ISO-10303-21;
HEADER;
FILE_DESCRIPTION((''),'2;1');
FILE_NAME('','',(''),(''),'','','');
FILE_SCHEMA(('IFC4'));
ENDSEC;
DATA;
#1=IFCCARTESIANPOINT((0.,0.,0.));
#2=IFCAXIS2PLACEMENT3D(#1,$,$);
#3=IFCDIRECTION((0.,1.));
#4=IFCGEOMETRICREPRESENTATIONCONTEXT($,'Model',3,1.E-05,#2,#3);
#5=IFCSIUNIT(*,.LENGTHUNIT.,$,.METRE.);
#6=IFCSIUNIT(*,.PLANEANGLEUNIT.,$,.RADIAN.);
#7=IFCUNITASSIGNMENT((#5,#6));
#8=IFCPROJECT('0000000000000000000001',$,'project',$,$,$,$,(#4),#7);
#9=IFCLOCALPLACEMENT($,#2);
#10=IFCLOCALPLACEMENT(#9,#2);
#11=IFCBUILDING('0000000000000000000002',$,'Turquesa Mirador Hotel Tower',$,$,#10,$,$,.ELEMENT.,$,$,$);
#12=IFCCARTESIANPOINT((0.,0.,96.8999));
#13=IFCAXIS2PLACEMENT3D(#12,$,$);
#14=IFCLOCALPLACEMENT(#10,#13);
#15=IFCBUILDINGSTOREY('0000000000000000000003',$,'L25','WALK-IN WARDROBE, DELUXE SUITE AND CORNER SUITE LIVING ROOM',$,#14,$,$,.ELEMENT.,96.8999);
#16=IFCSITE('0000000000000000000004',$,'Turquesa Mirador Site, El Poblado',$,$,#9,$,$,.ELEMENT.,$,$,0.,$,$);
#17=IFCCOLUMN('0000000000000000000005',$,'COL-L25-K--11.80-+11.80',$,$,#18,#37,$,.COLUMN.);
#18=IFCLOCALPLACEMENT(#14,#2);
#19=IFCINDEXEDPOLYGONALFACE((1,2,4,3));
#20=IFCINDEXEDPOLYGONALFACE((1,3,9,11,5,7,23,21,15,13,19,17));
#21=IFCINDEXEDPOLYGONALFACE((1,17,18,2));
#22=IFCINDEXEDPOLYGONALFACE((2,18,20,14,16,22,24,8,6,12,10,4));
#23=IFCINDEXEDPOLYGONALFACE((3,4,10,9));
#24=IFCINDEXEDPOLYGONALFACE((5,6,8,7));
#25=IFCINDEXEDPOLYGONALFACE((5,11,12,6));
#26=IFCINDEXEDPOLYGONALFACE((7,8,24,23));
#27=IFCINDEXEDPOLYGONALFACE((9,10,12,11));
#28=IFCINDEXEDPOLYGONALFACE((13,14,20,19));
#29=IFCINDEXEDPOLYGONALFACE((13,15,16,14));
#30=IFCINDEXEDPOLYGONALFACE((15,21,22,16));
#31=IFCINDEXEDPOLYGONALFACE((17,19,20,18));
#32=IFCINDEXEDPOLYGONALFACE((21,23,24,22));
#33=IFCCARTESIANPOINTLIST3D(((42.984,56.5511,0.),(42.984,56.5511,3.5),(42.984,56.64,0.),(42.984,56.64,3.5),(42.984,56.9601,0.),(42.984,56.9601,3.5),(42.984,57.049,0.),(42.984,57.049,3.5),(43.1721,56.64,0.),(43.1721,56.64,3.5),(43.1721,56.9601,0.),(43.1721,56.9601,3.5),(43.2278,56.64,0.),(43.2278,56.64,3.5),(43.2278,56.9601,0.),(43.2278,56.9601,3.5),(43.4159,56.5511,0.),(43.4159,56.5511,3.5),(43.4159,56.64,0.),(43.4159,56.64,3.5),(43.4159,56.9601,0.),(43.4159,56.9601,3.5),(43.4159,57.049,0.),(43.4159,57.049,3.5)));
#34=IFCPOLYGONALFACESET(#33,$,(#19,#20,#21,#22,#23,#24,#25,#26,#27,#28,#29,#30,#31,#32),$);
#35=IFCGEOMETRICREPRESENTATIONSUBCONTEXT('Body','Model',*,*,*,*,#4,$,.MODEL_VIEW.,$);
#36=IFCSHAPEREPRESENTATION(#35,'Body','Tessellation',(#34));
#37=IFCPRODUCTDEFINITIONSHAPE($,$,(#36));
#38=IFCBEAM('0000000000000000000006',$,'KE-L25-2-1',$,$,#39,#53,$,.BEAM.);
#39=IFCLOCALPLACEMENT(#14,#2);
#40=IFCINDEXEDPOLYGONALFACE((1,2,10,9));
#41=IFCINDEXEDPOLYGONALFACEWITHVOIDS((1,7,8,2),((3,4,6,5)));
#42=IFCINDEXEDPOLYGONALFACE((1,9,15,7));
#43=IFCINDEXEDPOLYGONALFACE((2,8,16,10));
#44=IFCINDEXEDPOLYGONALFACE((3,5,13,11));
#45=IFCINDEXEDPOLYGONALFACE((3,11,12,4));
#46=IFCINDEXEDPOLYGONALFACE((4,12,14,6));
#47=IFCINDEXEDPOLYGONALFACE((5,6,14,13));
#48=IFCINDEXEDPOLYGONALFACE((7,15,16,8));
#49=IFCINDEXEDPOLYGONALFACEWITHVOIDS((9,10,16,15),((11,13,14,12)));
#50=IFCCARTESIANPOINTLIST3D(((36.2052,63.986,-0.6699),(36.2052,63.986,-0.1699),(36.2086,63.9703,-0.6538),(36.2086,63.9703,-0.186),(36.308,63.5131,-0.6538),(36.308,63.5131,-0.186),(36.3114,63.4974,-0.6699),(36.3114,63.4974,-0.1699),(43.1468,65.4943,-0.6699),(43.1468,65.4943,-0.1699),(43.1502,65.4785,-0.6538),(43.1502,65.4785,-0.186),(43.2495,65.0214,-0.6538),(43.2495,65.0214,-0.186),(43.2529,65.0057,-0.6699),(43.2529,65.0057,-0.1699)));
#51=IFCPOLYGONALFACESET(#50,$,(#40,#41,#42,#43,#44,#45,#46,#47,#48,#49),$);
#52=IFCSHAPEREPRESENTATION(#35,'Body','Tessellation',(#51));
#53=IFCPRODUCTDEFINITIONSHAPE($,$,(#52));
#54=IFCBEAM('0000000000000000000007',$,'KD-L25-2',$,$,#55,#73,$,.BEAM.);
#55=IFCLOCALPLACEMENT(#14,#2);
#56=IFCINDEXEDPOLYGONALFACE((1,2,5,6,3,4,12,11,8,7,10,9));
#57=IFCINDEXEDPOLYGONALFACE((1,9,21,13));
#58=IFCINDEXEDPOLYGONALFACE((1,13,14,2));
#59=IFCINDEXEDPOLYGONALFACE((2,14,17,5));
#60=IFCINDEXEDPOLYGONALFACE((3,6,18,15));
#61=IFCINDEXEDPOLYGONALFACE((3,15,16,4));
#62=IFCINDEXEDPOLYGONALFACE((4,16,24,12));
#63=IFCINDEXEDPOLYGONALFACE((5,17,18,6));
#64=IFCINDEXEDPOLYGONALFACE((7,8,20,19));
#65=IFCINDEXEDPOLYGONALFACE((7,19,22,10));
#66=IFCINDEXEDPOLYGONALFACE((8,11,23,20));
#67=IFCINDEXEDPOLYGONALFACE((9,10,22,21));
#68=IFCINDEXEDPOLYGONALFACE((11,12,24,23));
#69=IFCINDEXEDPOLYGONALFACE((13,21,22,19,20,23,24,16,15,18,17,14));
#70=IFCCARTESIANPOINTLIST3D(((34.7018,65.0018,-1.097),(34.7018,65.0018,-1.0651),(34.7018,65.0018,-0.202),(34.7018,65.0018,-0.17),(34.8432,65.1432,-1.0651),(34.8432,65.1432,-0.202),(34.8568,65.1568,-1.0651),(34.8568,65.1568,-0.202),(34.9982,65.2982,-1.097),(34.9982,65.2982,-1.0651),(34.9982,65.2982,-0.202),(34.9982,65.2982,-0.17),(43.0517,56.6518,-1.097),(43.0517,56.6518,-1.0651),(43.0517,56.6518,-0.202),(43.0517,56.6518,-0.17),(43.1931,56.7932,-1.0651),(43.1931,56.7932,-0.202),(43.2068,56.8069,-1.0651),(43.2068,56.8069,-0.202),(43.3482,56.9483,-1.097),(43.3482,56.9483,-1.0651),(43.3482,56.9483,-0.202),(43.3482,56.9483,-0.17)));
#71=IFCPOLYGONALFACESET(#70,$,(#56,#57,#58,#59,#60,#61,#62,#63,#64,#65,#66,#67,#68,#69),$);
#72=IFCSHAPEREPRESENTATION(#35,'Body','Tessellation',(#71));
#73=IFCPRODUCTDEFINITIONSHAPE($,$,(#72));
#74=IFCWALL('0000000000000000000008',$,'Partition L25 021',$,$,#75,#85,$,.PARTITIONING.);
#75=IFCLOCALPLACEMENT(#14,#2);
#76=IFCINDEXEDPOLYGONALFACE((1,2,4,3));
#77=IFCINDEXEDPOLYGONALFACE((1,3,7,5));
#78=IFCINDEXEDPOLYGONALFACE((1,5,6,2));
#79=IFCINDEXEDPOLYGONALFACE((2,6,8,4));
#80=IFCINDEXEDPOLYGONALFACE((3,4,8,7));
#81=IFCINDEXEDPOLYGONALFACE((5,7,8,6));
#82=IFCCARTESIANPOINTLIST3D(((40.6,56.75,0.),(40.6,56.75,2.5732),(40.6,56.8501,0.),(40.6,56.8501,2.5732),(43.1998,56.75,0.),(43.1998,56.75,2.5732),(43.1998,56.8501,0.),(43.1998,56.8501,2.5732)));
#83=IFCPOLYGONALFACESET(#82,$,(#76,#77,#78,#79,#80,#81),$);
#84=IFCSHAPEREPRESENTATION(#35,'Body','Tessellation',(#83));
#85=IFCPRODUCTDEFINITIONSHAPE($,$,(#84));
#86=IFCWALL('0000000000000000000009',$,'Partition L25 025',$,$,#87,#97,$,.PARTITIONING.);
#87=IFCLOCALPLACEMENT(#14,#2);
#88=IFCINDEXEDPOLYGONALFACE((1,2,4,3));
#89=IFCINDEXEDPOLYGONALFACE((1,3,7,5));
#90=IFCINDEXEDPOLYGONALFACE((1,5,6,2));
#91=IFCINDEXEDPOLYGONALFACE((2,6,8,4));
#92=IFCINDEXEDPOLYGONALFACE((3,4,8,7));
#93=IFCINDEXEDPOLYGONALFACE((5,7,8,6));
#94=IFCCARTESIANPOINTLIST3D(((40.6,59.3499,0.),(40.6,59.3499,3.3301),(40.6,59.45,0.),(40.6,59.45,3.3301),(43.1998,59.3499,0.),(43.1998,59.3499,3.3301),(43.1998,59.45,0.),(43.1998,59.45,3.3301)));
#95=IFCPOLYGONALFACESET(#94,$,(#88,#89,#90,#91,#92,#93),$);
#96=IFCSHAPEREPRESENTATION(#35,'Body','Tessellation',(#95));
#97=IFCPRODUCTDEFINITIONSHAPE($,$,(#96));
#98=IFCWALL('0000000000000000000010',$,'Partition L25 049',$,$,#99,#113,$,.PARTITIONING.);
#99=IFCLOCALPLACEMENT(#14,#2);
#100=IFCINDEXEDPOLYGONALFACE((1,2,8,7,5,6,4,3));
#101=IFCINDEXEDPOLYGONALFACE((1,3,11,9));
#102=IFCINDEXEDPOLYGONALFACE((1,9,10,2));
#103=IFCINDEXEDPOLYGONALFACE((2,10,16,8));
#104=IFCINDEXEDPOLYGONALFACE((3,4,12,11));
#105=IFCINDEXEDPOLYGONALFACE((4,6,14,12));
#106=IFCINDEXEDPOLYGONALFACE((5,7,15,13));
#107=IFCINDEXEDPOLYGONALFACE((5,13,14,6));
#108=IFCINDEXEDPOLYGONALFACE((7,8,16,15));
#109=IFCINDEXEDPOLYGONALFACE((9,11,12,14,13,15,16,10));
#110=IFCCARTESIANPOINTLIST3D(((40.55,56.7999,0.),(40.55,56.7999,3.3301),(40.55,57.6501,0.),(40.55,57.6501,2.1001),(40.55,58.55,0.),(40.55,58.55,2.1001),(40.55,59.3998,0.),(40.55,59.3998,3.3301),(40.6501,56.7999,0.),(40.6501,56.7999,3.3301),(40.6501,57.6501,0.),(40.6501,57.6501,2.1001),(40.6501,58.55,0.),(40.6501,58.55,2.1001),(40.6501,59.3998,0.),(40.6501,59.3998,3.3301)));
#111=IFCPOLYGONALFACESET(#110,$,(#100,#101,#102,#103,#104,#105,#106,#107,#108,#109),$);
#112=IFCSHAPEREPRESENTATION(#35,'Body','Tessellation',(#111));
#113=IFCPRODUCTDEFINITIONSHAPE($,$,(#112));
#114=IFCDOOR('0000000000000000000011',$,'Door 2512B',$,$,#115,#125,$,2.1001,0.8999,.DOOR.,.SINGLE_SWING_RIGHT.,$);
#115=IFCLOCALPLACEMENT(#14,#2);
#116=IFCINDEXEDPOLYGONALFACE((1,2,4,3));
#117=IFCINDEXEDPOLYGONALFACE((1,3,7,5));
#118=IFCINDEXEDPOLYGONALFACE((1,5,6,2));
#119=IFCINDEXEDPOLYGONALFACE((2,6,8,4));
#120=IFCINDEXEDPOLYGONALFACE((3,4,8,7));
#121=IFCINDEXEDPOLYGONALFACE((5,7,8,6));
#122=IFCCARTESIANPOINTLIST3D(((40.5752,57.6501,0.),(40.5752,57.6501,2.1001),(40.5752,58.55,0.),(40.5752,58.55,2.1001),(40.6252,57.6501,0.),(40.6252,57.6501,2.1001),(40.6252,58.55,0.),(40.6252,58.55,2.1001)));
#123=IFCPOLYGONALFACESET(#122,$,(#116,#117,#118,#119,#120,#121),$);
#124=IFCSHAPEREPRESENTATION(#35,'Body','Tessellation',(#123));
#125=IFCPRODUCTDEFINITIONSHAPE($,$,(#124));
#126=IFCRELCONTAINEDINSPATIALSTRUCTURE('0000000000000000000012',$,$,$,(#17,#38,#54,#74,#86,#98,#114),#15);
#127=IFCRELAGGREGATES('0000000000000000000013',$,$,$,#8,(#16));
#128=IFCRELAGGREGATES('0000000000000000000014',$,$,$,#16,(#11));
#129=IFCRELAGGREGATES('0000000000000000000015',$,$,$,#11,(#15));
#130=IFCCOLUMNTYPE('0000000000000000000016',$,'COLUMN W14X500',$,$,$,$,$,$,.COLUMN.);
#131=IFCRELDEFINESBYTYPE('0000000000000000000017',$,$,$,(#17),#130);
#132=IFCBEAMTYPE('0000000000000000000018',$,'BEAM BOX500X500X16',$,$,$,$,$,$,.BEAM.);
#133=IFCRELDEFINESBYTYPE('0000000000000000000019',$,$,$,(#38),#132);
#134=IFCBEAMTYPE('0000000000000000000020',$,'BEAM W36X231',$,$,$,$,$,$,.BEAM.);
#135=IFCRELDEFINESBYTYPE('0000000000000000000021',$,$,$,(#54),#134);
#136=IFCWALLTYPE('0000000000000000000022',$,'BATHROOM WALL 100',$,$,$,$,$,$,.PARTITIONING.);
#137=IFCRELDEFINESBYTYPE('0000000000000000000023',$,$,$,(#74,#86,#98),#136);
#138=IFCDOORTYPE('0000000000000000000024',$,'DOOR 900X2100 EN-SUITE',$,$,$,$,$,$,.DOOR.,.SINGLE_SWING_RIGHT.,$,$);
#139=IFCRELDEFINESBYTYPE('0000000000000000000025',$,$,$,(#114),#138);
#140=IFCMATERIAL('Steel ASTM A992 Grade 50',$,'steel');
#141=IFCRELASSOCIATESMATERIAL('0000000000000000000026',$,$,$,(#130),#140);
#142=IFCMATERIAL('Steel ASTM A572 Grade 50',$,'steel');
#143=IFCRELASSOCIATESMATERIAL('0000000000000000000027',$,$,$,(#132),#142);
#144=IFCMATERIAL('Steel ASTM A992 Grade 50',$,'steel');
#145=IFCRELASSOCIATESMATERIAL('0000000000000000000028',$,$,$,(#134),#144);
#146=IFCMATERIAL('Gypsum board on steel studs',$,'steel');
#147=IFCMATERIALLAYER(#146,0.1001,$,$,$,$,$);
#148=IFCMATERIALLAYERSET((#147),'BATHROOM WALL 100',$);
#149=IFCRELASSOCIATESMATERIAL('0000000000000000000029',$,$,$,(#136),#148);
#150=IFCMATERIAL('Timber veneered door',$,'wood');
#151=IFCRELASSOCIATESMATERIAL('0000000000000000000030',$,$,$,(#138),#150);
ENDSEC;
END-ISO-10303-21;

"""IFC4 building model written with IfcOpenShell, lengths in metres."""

from ifc_helpers import new_model, si_unit, direction, frame, frame_2d, origin, origin_2d, place, context, subcontext, project, spatial, rectangle, hollow_rectangle, i_section, extrude, material, layer, layer_set, material_profile, profile_set, type_object, element, fill, save


model = new_model("IFC4")

# Units and contexts
model_context = context("Model", 3, precision=1e-05, world=origin(), true_north=direction((0.0, 1.0)))
body_context = subcontext(model_context, "Body", "Model", "MODEL_VIEW")
ifc_project = project(units=[si_unit("LENGTHUNIT", "METRE"), si_unit("PLANEANGLEUNIT", "RADIAN")], contexts=[model_context])

# Site, building, storey
site_placement = place(None, origin())
site = spatial("IfcSite", under=ifc_project, at=site_placement, Name="Turquesa Mirador Site, El Poblado", CompositionType="ELEMENT", RefElevation=0.0)
building_placement = place(site_placement, origin())
building = spatial("IfcBuilding", under=site, at=building_placement, Name="Turquesa Mirador Hotel Tower", CompositionType="ELEMENT")
storey_placement = place(building_placement, frame((0.0, 0.0, 96.8999)))
storey = spatial("IfcBuildingStorey", under=building, at=storey_placement, Name="L25", Description="WALK-IN WARDROBE, DELUXE SUITE AND CORNER SUITE LIVING ROOM", CompositionType="ELEMENT", Elevation=96.8999)

# Column
ifc_material_1 = material(Name="Steel ASTM A992 Grade 50", Category="steel")
ifc_material_profile_1 = material_profile(ifc_material_1, i_section(OverallWidth=0.4319, OverallDepth=0.4978, WebThickness=0.0557, FlangeThickness=0.0889, at=origin_2d()), Name="W14X500")
ifc_profile_set_1 = profile_set([ifc_material_profile_1], Name="Steel ASTM A992 Grade 50")
column_type = type_object("IfcColumnType", Name="COLUMN W14X500", PredefinedType="COLUMN", material=ifc_profile_set_1)
column_placement = place(storey_placement, frame((43.2, 56.8, 0.0), z_axis=(0.0, 0.0, 1.0), x_axis=(1.0, 0.0, 0.0)))
element("IfcColumn", 1, at=column_placement, inside=storey, type_object=column_type, Name="COL-L25-K--11.80-+11.80", PredefinedType="COLUMN", context=body_context, shape_type="SweptSolid", body=[
    extrude(i_section(OverallWidth=0.4319, OverallDepth=0.4978, WebThickness=0.0557, FlangeThickness=0.0889, at=origin_2d()), origin(), (0.0, 0.0, 1.0), 3.5),
])

# Beams
ifc_material_2 = material(Name="Steel ASTM A572 Grade 50", Category="steel")
ifc_material_profile_2 = material_profile(ifc_material_2, hollow_rectangle(XDim=0.5, YDim=0.5, WallThickness=0.0161, at=origin_2d()), Name="BOX500X500X16")
ifc_profile_set_2 = profile_set([ifc_material_profile_2], Name="Steel ASTM A572 Grade 50")
beam_type_1 = type_object("IfcBeamType", Name="BEAM BOX500X500X16", PredefinedType="BEAM", material=ifc_profile_set_2)
beam_1_placement = place(storey_placement, frame((36.2583, 63.7417, -0.4199), z_axis=(0.977198, 0.212328, 0.0), x_axis=(-0.212328, 0.977198, 0.0)))
element("IfcBeam", 2, at=beam_1_placement, inside=storey, type_object=beam_type_1, Name="KE-L25-2-1", PredefinedType="BEAM", context=body_context, shape_type="SweptSolid", body=[
    extrude(hollow_rectangle(XDim=0.5, YDim=0.5, WallThickness=0.0161, at=origin_2d()), origin(), (0.0, 0.0, 1.0), 7.1035),
])
ifc_material_3 = material(Name="Steel ASTM A992 Grade 50", Category="steel")
ifc_material_profile_3 = material_profile(ifc_material_3, i_section(OverallWidth=0.4192, OverallDepth=0.927, WebThickness=0.0193, FlangeThickness=0.032, at=origin_2d()), Name="W36X231")
ifc_profile_set_3 = profile_set([ifc_material_profile_3], Name="Steel ASTM A992 Grade 50")
beam_type_2 = type_object("IfcBeamType", Name="BEAM W36X231", PredefinedType="BEAM", material=ifc_profile_set_3)
beam_2_placement = place(storey_placement, frame((43.2, 56.8, -0.6335), z_axis=(-0.707107, 0.707107, 0.0), x_axis=(-0.707107, -0.707107, 0.0)))
element("IfcBeam", 3, at=beam_2_placement, inside=storey, type_object=beam_type_2, Name="KD-L25-2", PredefinedType="BEAM", context=body_context, shape_type="SweptSolid", body=[
    extrude(i_section(OverallWidth=0.4192, OverallDepth=0.927, WebThickness=0.0193, FlangeThickness=0.032, at=origin_2d()), origin(), (0.0, 0.0, 1.0), 11.8086),
])

# Walls
ifc_material_4 = material(Name="Gypsum board on steel studs", Category="steel")
ifc_layer_1 = layer(ifc_material_4, 0.1001)
ifc_layer_set_1 = layer_set([ifc_layer_1], Name="BATHROOM WALL 100")
wall_type_1 = type_object("IfcWallType", Name="BATHROOM WALL 100", PredefinedType="PARTITIONING", material=ifc_layer_set_1)
wall_1_placement = place(storey_placement, frame((40.6001, 56.8, 0.0), z_axis=(0.0, 0.0, 1.0), x_axis=(1.0, 0.0, 0.0)))
element("IfcWall", 4, at=wall_1_placement, inside=storey, type_object=wall_type_1, Name="Partition L25 021", PredefinedType="PARTITIONING", context=body_context, shape_type="SweptSolid", body=[
    extrude(rectangle(XDim=2.5999, YDim=0.1001, at=frame_2d((1.2998, 0.0))), origin(), (0.0, 0.0, 1.0), 2.5732),
])
wall_2_placement = place(storey_placement, frame((40.6001, 59.3999, 0.0), z_axis=(0.0, 0.0, 1.0), x_axis=(1.0, 0.0, 0.0)))
element("IfcWall", 5, at=wall_2_placement, inside=storey, type_object=wall_type_1, Name="Partition L25 025", PredefinedType="PARTITIONING", context=body_context, shape_type="SweptSolid", body=[
    extrude(rectangle(XDim=2.5999, YDim=0.1001, at=frame_2d((1.2998, 0.0))), origin(), (0.0, 0.0, 1.0), 3.3301),
])

# Wall, opening, door
wall_3_placement = place(storey_placement, frame((40.6001, 56.8, 0.0), z_axis=(0.0, 0.0, 1.0), x_axis=(0.0, 1.0, 0.0)))
wall_3 = element("IfcWall", 6, at=wall_3_placement, inside=storey, type_object=wall_type_1, Name="Partition L25 049", PredefinedType="PARTITIONING", context=body_context, shape_type="SweptSolid", body=[
    extrude(rectangle(XDim=2.5999, YDim=0.1001, at=frame_2d((1.2998, 0.0))), origin(), (0.0, 0.0, 1.0), 3.3301),
])
opening_1_placement = place(wall_3_placement, frame((0.8501, 0.0, 0.0)))
opening_1 = element("IfcOpeningElement", 7, at=opening_1_placement, cuts=wall_3, PredefinedType="OPENING", context=body_context, shape_type="SweptSolid", body=[
    extrude(rectangle(XDim=0.8999, YDim=2.1001, at=frame_2d((0.45, 1.05))), frame((0.0, 0.0601, 0.0), z_axis=(0.0, -1.0, 0.0), x_axis=(1.0, 0.0, 0.0)), (0.0, 0.0, 1.0), 0.1201),
])
ifc_material_5 = material(Name="Timber veneered door", Category="wood")
door_type_1 = type_object("IfcDoorType", Name="DOOR 900X2100 EN-SUITE", OperationType="SINGLE_SWING_RIGHT", PredefinedType="DOOR", material=ifc_material_5)
door_1_placement = place(opening_1_placement, origin())
door_1 = element("IfcDoor", 8, at=door_1_placement, inside=storey, type_object=door_type_1, Name="Door 2512B", OperationType="SINGLE_SWING_RIGHT", OverallHeight=2.1001, OverallWidth=0.8999, PredefinedType="DOOR", context=body_context, shape_type="SweptSolid", body=[
    extrude(rectangle(XDim=0.8999, YDim=2.1001, at=frame_2d((0.45, 1.05))), frame((0.0, 0.0249, 0.0), z_axis=(0.0, -1.0, 0.0), x_axis=(1.0, 0.0, 0.0)), (0.0, 0.0, 1.0), 0.05),
])
fill(opening_1, door_1)

save(model, "model.ifc")
